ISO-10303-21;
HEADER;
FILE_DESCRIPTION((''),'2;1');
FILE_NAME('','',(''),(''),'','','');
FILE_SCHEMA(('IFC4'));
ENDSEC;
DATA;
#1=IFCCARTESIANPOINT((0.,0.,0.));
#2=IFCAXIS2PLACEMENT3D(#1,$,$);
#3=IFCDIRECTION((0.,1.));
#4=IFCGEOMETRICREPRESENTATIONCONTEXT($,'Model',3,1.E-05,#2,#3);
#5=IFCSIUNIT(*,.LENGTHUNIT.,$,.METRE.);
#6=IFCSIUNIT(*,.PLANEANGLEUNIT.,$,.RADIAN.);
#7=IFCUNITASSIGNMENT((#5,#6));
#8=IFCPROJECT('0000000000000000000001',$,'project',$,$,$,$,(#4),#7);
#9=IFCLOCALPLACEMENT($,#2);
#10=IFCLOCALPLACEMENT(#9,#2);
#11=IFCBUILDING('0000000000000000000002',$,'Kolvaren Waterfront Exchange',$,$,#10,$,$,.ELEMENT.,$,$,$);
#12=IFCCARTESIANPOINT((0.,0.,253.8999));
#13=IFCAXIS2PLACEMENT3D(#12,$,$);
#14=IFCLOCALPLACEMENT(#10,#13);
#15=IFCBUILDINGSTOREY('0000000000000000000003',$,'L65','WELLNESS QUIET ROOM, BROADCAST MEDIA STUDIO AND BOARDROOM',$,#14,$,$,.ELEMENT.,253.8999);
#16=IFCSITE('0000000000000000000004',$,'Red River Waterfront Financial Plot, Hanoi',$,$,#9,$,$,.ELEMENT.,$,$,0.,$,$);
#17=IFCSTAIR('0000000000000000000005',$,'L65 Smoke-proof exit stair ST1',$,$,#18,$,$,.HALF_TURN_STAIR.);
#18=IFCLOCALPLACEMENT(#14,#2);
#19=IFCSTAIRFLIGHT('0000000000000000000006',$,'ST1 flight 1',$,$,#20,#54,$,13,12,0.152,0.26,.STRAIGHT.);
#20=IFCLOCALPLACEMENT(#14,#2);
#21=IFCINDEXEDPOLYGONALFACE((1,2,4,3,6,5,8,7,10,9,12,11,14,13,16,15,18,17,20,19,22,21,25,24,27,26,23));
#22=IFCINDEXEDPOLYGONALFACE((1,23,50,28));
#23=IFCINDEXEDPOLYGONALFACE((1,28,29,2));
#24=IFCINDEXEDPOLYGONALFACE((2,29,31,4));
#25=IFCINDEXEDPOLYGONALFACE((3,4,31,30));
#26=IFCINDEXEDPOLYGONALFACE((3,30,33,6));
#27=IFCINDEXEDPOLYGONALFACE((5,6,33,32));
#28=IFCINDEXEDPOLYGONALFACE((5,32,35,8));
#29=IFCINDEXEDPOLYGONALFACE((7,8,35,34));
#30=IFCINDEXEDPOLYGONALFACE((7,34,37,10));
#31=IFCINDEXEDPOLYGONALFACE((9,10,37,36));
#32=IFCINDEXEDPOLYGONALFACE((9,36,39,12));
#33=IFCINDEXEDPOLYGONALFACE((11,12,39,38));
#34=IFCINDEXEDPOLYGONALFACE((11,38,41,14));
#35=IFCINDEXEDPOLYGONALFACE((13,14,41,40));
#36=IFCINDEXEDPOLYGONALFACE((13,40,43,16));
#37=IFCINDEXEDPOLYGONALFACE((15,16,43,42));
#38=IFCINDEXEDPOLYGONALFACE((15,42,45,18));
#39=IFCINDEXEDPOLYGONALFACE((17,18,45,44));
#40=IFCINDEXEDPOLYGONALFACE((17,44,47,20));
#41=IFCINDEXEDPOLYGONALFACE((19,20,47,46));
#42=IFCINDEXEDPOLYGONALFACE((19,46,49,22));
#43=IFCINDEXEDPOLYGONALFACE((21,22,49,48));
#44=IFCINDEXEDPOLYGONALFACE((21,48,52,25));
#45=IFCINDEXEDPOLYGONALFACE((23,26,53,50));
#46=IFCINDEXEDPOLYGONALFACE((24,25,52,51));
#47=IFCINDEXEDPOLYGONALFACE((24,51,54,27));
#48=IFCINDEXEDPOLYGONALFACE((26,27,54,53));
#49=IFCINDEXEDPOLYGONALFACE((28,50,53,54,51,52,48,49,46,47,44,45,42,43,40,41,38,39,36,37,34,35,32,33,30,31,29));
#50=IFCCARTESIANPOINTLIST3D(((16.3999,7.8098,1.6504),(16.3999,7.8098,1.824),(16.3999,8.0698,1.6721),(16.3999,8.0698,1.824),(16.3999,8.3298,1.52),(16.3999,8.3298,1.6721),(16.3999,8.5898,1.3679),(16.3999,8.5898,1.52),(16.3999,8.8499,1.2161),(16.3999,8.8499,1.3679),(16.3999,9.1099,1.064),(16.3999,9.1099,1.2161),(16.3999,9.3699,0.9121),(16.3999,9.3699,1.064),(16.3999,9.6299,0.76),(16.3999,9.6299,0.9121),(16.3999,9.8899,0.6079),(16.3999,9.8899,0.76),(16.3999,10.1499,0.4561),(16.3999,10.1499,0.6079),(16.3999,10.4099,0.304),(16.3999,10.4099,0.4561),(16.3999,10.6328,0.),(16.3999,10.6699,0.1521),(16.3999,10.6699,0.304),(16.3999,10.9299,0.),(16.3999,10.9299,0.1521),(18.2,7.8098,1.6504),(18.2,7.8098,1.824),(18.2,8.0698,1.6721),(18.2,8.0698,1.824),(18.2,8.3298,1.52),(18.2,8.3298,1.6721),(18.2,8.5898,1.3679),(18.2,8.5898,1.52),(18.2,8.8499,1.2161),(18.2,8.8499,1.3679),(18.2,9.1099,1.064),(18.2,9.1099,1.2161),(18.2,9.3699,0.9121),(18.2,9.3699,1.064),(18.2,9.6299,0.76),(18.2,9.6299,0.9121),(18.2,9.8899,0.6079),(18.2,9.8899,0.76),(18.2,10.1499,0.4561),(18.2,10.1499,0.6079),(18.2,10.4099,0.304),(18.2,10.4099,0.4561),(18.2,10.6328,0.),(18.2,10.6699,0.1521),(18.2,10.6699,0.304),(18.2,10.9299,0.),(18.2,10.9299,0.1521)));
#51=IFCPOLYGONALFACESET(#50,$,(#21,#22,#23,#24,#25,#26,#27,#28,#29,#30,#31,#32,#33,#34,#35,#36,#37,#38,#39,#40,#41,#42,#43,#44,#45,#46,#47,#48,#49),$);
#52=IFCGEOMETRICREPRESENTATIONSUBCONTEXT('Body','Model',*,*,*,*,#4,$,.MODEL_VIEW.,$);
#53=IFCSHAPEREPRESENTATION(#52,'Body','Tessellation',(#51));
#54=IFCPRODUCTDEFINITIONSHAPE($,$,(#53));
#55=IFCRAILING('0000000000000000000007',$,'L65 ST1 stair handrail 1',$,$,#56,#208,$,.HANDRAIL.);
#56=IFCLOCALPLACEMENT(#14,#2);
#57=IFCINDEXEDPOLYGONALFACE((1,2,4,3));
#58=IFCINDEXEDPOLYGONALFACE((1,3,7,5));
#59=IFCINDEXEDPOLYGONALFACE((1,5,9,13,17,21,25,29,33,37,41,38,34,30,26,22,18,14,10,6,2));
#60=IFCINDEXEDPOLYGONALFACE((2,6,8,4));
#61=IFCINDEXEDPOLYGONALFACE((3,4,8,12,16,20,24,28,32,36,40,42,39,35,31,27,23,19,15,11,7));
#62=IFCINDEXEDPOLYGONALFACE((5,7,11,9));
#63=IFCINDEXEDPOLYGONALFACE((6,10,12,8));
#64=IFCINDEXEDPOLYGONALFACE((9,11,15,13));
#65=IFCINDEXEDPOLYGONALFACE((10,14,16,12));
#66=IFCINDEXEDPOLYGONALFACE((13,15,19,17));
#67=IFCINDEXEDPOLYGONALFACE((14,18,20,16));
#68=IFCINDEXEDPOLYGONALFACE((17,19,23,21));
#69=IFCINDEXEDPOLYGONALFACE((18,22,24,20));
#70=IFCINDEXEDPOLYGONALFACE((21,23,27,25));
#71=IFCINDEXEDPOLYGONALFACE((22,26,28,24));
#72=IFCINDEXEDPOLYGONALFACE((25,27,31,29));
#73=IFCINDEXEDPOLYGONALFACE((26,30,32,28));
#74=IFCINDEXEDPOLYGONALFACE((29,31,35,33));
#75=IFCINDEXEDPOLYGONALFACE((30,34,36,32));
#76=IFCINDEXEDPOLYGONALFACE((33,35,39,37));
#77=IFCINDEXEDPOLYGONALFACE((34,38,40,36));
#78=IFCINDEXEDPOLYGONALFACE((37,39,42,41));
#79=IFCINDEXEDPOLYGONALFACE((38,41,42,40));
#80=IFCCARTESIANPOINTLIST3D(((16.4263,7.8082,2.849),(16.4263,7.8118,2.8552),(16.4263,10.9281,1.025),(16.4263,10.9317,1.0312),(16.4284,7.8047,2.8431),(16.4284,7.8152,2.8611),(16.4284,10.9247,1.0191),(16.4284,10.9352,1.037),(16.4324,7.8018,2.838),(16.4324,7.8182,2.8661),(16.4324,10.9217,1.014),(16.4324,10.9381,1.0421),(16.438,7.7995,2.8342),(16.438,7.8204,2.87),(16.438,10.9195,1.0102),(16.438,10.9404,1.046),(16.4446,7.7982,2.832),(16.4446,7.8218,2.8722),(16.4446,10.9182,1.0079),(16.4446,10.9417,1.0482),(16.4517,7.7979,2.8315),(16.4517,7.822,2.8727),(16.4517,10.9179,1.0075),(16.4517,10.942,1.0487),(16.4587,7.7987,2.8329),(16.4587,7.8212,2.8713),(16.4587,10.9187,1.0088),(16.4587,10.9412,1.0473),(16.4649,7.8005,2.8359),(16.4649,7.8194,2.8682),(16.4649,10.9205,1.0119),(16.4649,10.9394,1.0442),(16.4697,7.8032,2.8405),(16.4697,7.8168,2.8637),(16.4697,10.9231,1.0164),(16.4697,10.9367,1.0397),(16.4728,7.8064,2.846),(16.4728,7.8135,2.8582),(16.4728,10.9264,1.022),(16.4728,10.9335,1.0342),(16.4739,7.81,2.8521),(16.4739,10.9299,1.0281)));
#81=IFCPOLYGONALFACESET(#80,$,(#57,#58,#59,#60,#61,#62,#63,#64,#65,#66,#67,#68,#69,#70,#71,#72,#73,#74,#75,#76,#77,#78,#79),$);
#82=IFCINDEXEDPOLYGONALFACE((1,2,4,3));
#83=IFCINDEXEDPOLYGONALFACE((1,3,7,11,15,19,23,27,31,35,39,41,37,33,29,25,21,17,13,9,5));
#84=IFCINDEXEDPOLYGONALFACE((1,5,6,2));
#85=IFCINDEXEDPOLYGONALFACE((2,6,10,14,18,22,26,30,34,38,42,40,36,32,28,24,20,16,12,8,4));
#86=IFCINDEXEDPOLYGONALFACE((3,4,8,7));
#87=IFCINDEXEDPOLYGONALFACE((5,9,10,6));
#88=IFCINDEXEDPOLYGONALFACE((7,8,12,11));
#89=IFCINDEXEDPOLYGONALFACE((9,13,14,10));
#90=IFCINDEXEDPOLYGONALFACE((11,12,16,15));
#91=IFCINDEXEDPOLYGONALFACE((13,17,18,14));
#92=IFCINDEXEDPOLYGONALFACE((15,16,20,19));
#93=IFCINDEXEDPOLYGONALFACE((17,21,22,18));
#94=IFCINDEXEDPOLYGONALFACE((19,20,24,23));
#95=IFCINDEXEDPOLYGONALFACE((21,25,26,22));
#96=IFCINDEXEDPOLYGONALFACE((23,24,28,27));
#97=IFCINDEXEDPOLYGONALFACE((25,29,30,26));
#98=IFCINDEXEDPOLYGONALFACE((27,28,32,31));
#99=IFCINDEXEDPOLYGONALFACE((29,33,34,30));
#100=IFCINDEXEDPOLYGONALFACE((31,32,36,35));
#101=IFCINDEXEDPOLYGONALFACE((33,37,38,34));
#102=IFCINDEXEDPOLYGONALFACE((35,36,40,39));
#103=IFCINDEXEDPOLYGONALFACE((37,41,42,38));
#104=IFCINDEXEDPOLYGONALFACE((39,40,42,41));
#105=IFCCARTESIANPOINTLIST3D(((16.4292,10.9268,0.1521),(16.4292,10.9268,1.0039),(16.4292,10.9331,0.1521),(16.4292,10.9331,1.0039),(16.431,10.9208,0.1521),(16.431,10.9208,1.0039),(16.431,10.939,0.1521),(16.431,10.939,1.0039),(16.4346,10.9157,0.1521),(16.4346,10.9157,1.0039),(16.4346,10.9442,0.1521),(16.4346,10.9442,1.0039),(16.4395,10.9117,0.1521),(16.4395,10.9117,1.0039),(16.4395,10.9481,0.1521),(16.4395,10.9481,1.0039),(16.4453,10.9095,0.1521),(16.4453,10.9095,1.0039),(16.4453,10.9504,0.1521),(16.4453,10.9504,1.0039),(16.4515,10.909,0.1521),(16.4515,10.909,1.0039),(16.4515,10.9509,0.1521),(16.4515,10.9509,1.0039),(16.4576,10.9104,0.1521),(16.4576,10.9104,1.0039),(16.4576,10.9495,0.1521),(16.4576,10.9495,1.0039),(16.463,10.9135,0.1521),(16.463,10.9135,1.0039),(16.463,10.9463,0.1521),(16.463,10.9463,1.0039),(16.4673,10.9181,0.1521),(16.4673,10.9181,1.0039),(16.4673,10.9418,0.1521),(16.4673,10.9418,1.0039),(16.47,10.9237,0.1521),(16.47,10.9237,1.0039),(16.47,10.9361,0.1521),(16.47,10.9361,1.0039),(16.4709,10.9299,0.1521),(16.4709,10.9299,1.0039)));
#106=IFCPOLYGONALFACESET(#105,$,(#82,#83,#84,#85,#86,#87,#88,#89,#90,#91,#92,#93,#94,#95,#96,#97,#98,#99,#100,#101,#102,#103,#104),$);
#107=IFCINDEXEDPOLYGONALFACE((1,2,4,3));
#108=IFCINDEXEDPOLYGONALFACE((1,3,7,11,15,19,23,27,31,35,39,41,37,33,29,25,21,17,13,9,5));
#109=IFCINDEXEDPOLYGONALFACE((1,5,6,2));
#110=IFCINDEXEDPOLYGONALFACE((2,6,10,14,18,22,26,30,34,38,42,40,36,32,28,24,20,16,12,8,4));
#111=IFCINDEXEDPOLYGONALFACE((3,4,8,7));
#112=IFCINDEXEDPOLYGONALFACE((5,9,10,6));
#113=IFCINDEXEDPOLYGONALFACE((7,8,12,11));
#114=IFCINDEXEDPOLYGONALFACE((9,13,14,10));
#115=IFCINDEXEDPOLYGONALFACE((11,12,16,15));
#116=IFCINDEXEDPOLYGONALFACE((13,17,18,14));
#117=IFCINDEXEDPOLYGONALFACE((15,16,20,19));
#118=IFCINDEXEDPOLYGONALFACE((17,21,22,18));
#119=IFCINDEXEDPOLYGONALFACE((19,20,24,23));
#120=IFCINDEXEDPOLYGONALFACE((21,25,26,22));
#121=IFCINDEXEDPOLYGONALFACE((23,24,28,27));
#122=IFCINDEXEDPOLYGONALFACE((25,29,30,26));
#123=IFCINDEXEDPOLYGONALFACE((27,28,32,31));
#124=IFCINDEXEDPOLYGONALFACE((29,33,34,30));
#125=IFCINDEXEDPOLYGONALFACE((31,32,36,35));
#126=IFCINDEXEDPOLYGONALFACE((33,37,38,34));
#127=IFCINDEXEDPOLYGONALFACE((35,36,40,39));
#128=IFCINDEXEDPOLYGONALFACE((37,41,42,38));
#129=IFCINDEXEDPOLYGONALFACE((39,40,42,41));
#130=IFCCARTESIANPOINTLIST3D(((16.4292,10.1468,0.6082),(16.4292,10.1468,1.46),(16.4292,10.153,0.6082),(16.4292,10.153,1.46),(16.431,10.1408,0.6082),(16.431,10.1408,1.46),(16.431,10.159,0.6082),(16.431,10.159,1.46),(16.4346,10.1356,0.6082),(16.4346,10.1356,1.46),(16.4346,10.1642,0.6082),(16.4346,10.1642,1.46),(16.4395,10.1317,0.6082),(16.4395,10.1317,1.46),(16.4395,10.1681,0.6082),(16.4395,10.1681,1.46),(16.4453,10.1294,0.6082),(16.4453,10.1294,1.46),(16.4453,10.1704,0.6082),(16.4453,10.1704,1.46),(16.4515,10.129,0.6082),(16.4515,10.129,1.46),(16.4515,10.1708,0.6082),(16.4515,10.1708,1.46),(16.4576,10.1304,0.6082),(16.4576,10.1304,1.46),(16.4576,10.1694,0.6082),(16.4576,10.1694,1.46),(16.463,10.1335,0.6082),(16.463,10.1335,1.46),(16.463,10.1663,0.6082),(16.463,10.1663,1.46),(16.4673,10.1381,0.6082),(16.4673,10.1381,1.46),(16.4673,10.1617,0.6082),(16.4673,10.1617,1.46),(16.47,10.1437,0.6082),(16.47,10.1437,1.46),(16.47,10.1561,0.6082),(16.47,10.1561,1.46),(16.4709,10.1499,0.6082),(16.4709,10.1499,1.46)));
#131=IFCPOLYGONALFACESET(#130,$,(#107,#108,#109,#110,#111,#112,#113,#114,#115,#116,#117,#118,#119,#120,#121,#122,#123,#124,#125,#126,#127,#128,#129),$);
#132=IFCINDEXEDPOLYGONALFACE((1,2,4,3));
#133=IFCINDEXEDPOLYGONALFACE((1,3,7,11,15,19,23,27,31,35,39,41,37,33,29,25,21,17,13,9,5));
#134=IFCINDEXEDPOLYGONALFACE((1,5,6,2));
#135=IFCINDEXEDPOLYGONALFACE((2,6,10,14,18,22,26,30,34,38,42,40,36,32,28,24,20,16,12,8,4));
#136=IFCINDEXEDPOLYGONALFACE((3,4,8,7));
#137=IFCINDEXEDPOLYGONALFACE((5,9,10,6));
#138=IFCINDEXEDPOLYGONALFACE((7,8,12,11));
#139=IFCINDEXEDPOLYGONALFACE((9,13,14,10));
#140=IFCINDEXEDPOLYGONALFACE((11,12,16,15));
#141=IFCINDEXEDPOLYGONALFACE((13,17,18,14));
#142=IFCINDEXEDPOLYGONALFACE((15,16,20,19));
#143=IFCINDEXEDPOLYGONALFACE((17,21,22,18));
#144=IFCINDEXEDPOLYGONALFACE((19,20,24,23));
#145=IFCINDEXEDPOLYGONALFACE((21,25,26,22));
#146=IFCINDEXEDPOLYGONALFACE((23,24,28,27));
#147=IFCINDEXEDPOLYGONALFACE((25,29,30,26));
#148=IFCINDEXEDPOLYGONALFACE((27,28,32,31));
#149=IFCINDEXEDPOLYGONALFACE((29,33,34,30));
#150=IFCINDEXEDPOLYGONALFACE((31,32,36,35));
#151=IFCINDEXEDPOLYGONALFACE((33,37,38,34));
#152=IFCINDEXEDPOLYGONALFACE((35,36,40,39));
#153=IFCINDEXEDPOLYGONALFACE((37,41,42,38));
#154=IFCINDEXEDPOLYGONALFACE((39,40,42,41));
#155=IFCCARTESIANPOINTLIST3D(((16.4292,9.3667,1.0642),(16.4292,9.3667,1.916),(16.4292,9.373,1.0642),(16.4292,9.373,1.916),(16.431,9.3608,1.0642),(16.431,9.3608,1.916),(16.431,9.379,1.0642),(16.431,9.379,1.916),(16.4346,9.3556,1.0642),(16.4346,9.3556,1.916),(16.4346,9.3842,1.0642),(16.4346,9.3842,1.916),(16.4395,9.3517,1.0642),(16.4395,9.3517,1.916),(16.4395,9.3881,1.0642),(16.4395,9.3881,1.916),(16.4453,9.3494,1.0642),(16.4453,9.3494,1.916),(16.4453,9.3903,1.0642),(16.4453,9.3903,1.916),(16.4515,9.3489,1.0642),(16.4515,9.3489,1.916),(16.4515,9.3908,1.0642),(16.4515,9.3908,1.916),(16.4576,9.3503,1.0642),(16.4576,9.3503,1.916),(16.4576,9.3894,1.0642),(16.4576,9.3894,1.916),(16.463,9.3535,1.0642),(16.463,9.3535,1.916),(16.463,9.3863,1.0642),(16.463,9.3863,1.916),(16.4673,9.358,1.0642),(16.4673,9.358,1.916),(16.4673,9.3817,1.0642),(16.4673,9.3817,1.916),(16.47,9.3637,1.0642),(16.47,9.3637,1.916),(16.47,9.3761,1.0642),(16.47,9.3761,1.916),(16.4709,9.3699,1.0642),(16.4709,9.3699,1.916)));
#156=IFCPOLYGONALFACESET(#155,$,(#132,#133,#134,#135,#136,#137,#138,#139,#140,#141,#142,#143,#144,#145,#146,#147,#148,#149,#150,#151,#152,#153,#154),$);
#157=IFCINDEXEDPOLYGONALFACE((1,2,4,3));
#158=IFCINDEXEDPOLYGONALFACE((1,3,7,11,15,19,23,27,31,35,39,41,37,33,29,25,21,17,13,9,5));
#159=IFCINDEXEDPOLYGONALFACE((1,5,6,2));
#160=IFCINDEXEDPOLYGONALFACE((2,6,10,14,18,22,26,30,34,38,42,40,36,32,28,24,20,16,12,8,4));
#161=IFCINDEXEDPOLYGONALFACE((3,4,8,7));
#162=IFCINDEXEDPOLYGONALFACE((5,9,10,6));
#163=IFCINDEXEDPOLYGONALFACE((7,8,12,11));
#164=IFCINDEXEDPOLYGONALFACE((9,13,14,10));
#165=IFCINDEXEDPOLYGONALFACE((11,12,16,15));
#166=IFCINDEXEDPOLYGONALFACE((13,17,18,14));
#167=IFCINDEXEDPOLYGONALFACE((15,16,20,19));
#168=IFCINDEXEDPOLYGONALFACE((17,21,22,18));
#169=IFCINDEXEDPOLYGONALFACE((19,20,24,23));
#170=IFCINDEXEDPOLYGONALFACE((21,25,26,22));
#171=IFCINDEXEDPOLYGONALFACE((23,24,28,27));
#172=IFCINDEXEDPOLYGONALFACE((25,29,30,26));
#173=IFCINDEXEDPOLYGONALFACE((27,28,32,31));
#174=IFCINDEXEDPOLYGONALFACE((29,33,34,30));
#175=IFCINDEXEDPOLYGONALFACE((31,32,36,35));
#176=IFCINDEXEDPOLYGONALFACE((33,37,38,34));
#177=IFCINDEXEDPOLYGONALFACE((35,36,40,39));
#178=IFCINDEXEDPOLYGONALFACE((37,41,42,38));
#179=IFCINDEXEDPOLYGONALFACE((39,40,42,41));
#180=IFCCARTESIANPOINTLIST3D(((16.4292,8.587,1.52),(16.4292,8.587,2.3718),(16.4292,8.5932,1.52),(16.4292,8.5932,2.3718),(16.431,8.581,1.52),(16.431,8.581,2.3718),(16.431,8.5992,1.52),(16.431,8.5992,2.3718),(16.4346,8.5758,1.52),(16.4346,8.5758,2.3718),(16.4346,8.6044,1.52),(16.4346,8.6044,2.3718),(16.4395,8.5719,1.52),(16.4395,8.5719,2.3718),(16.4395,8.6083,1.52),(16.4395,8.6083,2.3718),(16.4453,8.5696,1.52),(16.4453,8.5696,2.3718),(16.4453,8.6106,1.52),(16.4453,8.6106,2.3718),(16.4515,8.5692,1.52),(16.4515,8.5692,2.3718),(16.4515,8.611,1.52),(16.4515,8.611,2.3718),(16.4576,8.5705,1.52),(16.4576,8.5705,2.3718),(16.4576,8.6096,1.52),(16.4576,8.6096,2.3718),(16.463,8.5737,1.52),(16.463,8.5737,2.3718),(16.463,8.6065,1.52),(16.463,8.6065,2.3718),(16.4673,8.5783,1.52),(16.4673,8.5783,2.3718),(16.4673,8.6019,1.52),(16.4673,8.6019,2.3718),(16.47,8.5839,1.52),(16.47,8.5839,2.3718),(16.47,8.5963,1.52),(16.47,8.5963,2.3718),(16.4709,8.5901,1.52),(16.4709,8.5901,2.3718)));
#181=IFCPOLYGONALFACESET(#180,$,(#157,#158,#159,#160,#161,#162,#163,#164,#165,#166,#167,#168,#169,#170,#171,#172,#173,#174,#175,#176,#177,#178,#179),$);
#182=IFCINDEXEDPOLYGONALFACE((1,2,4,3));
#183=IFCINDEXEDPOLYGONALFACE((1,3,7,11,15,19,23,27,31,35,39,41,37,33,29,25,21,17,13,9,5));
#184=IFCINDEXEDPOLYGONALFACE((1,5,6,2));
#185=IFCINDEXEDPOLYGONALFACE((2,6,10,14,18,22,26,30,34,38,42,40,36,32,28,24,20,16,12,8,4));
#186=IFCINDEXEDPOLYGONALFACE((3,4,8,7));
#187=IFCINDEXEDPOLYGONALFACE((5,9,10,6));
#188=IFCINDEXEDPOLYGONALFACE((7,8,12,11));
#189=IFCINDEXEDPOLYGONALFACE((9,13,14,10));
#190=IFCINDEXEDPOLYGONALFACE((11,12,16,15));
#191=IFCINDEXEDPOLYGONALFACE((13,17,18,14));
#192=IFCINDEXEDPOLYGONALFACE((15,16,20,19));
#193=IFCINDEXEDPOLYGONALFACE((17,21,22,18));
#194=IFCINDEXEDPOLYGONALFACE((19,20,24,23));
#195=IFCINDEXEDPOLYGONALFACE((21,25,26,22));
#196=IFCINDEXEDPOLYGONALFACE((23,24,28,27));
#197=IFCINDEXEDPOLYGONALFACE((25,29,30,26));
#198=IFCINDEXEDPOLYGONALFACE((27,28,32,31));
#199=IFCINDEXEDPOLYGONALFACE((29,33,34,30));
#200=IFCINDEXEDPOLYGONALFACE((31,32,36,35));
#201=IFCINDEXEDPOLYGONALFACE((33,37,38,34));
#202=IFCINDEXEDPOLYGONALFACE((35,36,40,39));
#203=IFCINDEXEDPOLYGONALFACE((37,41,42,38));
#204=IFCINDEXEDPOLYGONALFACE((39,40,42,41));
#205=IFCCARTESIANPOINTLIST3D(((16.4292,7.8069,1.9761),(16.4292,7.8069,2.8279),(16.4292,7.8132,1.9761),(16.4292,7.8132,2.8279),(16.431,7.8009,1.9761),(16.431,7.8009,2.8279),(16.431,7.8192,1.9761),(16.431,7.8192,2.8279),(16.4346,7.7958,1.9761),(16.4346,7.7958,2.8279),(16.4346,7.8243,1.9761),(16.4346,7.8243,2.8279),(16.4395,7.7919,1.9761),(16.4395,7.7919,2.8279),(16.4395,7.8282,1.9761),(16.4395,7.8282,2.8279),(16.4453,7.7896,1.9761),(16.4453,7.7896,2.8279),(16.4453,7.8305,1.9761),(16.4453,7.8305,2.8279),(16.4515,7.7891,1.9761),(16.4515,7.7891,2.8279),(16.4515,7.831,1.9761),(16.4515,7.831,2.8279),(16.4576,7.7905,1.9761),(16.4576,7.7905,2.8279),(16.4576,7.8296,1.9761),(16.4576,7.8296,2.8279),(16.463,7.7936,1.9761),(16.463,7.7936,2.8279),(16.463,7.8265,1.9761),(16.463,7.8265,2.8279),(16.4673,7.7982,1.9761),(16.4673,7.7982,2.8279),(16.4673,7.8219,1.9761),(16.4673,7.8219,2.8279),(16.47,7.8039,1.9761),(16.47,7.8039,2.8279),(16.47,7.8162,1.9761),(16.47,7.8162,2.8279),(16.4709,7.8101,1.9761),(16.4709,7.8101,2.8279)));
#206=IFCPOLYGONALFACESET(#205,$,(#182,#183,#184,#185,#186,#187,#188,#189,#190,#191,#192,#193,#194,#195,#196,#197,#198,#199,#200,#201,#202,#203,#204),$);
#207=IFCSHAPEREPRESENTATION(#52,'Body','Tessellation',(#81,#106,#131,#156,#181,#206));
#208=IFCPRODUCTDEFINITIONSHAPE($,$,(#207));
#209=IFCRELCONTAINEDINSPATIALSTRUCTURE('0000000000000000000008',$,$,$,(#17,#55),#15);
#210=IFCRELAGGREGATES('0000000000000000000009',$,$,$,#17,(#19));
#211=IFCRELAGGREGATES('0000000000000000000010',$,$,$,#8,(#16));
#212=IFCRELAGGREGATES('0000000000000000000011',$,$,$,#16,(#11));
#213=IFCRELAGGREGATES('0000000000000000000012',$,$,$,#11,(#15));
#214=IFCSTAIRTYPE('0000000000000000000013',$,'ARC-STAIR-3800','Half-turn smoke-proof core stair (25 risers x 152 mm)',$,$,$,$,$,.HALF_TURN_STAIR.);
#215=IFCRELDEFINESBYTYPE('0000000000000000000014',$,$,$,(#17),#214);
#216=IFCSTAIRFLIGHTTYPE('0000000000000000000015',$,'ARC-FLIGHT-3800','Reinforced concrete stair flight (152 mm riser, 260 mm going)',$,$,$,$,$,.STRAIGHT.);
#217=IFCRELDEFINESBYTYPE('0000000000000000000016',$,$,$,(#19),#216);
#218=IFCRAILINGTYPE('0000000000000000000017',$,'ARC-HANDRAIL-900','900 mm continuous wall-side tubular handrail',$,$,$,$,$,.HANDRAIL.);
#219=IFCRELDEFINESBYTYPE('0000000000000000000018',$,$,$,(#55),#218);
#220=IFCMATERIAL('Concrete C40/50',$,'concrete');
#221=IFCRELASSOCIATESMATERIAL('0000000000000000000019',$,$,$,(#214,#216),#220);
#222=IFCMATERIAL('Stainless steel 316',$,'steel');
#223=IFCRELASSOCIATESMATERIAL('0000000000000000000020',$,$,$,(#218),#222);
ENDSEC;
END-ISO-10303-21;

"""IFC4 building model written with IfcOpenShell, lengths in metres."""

from ifc_helpers import new_model, si_unit, direction, frame, origin, origin_2d, place, context, subcontext, project, spatial, polyline, circle, outline, extrude, material, type_object, element, aggregate, save


model = new_model("IFC4")

# Units and contexts
model_context = context("Model", 3, precision=1e-05, world=origin(), true_north=direction((0.0, 1.0)))
body_context = subcontext(model_context, "Body", "Model", "MODEL_VIEW")
ifc_project = project(units=[si_unit("LENGTHUNIT", "METRE"), si_unit("PLANEANGLEUNIT", "RADIAN")], contexts=[model_context])

# Site, building, storey
site_placement = place(None, origin())
site = spatial("IfcSite", under=ifc_project, at=site_placement, Name="Red River Waterfront Financial Plot, Hanoi", CompositionType="ELEMENT", RefElevation=0.0)
building_placement = place(site_placement, origin())
building = spatial("IfcBuilding", under=site, at=building_placement, Name="Kolvaren Waterfront Exchange", CompositionType="ELEMENT")
storey_placement = place(building_placement, frame((0.0, 0.0, 253.8999)))
storey = spatial("IfcBuildingStorey", under=building, at=storey_placement, Name="L65", Description="WELLNESS QUIET ROOM, BROADCAST MEDIA STUDIO AND BOARDROOM", CompositionType="ELEMENT", Elevation=253.8999)

# Stair, stair flight
ifc_material_1 = material(Name="Concrete C40/50", Category="concrete")
stair_type = type_object("IfcStairType", Name="ARC-STAIR-3800", Description="Half-turn smoke-proof core stair (25 risers x 152 mm)", PredefinedType="HALF_TURN_STAIR", material=ifc_material_1)
stair_placement = place(storey_placement, origin())
stair = element("IfcStair", 1, at=stair_placement, inside=storey, type_object=stair_type, Name="L65 Smoke-proof exit stair ST1", PredefinedType="HALF_TURN_STAIR")
stair_flight_type = type_object("IfcStairFlightType", Name="ARC-FLIGHT-3800", Description="Reinforced concrete stair flight (152 mm riser, 260 mm going)", PredefinedType="STRAIGHT", material=ifc_material_1)
stair_flight_placement = place(storey_placement, frame((17.3, 10.9299, 0.0), z_axis=(0.0, 0.0, 1.0), x_axis=(0.0, -1.0, 0.0)))
stair_flight = element("IfcStairFlight", 2, at=stair_flight_placement, type_object=stair_flight_type, Name="ST1 flight 1", NumberOfRisers=13, NumberOfTreads=12, PredefinedType="STRAIGHT", RiserHeight=0.152, TreadLength=0.26, context=body_context, shape_type="SweptSolid", body=[
    extrude(outline(polyline([(0.0, 0.0), (0.0, 0.1521), (0.26, 0.1521), (0.26, 0.304), (0.52, 0.304), (0.52, 0.4561), (0.78, 0.4561), (0.78, 0.6079), (1.04, 0.6079), (1.04, 0.76), (1.3, 0.76), (1.3, 0.9121), (1.5601, 0.9121), (1.5601, 1.064), (1.8201, 1.064), (1.8201, 1.2161), (2.0801, 1.2161), (2.0801, 1.3679), (2.3401, 1.3679), (2.3401, 1.52), (2.6001, 1.52), (2.6001, 1.6721), (2.8601, 1.6721), (2.8601, 1.824), (3.1201, 1.824), (3.1201, 1.9761), (3.1201, 1.6504), (0.2971, 0.0), (0.0, 0.0)])), frame((0.0, 0.8999, 0.0), z_axis=(0.0, -1.0, 0.0), x_axis=(1.0, 0.0, 0.0)), (0.0, 0.0, 1.0), 1.8),
])
aggregate(stair, [stair_flight])

# Railing
ifc_material_2 = material(Name="Stainless steel 316", Category="steel")
railing_type = type_object("IfcRailingType", Name="ARC-HANDRAIL-900", Description="900 mm continuous wall-side tubular handrail", PredefinedType="HANDRAIL", material=ifc_material_2)
railing_placement = place(storey_placement, frame((16.45, 10.9299, 0.1521)))
element("IfcRailing", 3, at=railing_placement, inside=storey, type_object=railing_type, Name="L65 ST1 stair handrail 1", PredefinedType="HANDRAIL", context=body_context, shape_type="SweptSolid", body=[
    extrude(circle(Radius=0.0239, at=origin_2d()), frame((0.0, 0.0, 0.876), z_axis=(0.0, -0.863291, 0.504707), x_axis=(1.0, 0.0, 0.0)), (0.0, 0.0, 1.0), 3.614),
    extrude(circle(Radius=0.021, at=origin_2d()), origin(), (0.0, 0.0, 1.0), 0.8518),
    extrude(circle(Radius=0.021, at=origin_2d()), frame((0.0, -0.78, 0.4561)), (0.0, 0.0, 1.0), 0.8518),
    extrude(circle(Radius=0.021, at=origin_2d()), frame((0.0, -1.5601, 0.9121)), (0.0, 0.0, 1.0), 0.8518),
    extrude(circle(Radius=0.021, at=origin_2d()), frame((0.0, -2.3398, 1.3679)), (0.0, 0.0, 1.0), 0.8518),
    extrude(circle(Radius=0.021, at=origin_2d()), frame((0.0, -3.1199, 1.824)), (0.0, 0.0, 1.0), 0.8518),
])

save(model, "model.ifc")
